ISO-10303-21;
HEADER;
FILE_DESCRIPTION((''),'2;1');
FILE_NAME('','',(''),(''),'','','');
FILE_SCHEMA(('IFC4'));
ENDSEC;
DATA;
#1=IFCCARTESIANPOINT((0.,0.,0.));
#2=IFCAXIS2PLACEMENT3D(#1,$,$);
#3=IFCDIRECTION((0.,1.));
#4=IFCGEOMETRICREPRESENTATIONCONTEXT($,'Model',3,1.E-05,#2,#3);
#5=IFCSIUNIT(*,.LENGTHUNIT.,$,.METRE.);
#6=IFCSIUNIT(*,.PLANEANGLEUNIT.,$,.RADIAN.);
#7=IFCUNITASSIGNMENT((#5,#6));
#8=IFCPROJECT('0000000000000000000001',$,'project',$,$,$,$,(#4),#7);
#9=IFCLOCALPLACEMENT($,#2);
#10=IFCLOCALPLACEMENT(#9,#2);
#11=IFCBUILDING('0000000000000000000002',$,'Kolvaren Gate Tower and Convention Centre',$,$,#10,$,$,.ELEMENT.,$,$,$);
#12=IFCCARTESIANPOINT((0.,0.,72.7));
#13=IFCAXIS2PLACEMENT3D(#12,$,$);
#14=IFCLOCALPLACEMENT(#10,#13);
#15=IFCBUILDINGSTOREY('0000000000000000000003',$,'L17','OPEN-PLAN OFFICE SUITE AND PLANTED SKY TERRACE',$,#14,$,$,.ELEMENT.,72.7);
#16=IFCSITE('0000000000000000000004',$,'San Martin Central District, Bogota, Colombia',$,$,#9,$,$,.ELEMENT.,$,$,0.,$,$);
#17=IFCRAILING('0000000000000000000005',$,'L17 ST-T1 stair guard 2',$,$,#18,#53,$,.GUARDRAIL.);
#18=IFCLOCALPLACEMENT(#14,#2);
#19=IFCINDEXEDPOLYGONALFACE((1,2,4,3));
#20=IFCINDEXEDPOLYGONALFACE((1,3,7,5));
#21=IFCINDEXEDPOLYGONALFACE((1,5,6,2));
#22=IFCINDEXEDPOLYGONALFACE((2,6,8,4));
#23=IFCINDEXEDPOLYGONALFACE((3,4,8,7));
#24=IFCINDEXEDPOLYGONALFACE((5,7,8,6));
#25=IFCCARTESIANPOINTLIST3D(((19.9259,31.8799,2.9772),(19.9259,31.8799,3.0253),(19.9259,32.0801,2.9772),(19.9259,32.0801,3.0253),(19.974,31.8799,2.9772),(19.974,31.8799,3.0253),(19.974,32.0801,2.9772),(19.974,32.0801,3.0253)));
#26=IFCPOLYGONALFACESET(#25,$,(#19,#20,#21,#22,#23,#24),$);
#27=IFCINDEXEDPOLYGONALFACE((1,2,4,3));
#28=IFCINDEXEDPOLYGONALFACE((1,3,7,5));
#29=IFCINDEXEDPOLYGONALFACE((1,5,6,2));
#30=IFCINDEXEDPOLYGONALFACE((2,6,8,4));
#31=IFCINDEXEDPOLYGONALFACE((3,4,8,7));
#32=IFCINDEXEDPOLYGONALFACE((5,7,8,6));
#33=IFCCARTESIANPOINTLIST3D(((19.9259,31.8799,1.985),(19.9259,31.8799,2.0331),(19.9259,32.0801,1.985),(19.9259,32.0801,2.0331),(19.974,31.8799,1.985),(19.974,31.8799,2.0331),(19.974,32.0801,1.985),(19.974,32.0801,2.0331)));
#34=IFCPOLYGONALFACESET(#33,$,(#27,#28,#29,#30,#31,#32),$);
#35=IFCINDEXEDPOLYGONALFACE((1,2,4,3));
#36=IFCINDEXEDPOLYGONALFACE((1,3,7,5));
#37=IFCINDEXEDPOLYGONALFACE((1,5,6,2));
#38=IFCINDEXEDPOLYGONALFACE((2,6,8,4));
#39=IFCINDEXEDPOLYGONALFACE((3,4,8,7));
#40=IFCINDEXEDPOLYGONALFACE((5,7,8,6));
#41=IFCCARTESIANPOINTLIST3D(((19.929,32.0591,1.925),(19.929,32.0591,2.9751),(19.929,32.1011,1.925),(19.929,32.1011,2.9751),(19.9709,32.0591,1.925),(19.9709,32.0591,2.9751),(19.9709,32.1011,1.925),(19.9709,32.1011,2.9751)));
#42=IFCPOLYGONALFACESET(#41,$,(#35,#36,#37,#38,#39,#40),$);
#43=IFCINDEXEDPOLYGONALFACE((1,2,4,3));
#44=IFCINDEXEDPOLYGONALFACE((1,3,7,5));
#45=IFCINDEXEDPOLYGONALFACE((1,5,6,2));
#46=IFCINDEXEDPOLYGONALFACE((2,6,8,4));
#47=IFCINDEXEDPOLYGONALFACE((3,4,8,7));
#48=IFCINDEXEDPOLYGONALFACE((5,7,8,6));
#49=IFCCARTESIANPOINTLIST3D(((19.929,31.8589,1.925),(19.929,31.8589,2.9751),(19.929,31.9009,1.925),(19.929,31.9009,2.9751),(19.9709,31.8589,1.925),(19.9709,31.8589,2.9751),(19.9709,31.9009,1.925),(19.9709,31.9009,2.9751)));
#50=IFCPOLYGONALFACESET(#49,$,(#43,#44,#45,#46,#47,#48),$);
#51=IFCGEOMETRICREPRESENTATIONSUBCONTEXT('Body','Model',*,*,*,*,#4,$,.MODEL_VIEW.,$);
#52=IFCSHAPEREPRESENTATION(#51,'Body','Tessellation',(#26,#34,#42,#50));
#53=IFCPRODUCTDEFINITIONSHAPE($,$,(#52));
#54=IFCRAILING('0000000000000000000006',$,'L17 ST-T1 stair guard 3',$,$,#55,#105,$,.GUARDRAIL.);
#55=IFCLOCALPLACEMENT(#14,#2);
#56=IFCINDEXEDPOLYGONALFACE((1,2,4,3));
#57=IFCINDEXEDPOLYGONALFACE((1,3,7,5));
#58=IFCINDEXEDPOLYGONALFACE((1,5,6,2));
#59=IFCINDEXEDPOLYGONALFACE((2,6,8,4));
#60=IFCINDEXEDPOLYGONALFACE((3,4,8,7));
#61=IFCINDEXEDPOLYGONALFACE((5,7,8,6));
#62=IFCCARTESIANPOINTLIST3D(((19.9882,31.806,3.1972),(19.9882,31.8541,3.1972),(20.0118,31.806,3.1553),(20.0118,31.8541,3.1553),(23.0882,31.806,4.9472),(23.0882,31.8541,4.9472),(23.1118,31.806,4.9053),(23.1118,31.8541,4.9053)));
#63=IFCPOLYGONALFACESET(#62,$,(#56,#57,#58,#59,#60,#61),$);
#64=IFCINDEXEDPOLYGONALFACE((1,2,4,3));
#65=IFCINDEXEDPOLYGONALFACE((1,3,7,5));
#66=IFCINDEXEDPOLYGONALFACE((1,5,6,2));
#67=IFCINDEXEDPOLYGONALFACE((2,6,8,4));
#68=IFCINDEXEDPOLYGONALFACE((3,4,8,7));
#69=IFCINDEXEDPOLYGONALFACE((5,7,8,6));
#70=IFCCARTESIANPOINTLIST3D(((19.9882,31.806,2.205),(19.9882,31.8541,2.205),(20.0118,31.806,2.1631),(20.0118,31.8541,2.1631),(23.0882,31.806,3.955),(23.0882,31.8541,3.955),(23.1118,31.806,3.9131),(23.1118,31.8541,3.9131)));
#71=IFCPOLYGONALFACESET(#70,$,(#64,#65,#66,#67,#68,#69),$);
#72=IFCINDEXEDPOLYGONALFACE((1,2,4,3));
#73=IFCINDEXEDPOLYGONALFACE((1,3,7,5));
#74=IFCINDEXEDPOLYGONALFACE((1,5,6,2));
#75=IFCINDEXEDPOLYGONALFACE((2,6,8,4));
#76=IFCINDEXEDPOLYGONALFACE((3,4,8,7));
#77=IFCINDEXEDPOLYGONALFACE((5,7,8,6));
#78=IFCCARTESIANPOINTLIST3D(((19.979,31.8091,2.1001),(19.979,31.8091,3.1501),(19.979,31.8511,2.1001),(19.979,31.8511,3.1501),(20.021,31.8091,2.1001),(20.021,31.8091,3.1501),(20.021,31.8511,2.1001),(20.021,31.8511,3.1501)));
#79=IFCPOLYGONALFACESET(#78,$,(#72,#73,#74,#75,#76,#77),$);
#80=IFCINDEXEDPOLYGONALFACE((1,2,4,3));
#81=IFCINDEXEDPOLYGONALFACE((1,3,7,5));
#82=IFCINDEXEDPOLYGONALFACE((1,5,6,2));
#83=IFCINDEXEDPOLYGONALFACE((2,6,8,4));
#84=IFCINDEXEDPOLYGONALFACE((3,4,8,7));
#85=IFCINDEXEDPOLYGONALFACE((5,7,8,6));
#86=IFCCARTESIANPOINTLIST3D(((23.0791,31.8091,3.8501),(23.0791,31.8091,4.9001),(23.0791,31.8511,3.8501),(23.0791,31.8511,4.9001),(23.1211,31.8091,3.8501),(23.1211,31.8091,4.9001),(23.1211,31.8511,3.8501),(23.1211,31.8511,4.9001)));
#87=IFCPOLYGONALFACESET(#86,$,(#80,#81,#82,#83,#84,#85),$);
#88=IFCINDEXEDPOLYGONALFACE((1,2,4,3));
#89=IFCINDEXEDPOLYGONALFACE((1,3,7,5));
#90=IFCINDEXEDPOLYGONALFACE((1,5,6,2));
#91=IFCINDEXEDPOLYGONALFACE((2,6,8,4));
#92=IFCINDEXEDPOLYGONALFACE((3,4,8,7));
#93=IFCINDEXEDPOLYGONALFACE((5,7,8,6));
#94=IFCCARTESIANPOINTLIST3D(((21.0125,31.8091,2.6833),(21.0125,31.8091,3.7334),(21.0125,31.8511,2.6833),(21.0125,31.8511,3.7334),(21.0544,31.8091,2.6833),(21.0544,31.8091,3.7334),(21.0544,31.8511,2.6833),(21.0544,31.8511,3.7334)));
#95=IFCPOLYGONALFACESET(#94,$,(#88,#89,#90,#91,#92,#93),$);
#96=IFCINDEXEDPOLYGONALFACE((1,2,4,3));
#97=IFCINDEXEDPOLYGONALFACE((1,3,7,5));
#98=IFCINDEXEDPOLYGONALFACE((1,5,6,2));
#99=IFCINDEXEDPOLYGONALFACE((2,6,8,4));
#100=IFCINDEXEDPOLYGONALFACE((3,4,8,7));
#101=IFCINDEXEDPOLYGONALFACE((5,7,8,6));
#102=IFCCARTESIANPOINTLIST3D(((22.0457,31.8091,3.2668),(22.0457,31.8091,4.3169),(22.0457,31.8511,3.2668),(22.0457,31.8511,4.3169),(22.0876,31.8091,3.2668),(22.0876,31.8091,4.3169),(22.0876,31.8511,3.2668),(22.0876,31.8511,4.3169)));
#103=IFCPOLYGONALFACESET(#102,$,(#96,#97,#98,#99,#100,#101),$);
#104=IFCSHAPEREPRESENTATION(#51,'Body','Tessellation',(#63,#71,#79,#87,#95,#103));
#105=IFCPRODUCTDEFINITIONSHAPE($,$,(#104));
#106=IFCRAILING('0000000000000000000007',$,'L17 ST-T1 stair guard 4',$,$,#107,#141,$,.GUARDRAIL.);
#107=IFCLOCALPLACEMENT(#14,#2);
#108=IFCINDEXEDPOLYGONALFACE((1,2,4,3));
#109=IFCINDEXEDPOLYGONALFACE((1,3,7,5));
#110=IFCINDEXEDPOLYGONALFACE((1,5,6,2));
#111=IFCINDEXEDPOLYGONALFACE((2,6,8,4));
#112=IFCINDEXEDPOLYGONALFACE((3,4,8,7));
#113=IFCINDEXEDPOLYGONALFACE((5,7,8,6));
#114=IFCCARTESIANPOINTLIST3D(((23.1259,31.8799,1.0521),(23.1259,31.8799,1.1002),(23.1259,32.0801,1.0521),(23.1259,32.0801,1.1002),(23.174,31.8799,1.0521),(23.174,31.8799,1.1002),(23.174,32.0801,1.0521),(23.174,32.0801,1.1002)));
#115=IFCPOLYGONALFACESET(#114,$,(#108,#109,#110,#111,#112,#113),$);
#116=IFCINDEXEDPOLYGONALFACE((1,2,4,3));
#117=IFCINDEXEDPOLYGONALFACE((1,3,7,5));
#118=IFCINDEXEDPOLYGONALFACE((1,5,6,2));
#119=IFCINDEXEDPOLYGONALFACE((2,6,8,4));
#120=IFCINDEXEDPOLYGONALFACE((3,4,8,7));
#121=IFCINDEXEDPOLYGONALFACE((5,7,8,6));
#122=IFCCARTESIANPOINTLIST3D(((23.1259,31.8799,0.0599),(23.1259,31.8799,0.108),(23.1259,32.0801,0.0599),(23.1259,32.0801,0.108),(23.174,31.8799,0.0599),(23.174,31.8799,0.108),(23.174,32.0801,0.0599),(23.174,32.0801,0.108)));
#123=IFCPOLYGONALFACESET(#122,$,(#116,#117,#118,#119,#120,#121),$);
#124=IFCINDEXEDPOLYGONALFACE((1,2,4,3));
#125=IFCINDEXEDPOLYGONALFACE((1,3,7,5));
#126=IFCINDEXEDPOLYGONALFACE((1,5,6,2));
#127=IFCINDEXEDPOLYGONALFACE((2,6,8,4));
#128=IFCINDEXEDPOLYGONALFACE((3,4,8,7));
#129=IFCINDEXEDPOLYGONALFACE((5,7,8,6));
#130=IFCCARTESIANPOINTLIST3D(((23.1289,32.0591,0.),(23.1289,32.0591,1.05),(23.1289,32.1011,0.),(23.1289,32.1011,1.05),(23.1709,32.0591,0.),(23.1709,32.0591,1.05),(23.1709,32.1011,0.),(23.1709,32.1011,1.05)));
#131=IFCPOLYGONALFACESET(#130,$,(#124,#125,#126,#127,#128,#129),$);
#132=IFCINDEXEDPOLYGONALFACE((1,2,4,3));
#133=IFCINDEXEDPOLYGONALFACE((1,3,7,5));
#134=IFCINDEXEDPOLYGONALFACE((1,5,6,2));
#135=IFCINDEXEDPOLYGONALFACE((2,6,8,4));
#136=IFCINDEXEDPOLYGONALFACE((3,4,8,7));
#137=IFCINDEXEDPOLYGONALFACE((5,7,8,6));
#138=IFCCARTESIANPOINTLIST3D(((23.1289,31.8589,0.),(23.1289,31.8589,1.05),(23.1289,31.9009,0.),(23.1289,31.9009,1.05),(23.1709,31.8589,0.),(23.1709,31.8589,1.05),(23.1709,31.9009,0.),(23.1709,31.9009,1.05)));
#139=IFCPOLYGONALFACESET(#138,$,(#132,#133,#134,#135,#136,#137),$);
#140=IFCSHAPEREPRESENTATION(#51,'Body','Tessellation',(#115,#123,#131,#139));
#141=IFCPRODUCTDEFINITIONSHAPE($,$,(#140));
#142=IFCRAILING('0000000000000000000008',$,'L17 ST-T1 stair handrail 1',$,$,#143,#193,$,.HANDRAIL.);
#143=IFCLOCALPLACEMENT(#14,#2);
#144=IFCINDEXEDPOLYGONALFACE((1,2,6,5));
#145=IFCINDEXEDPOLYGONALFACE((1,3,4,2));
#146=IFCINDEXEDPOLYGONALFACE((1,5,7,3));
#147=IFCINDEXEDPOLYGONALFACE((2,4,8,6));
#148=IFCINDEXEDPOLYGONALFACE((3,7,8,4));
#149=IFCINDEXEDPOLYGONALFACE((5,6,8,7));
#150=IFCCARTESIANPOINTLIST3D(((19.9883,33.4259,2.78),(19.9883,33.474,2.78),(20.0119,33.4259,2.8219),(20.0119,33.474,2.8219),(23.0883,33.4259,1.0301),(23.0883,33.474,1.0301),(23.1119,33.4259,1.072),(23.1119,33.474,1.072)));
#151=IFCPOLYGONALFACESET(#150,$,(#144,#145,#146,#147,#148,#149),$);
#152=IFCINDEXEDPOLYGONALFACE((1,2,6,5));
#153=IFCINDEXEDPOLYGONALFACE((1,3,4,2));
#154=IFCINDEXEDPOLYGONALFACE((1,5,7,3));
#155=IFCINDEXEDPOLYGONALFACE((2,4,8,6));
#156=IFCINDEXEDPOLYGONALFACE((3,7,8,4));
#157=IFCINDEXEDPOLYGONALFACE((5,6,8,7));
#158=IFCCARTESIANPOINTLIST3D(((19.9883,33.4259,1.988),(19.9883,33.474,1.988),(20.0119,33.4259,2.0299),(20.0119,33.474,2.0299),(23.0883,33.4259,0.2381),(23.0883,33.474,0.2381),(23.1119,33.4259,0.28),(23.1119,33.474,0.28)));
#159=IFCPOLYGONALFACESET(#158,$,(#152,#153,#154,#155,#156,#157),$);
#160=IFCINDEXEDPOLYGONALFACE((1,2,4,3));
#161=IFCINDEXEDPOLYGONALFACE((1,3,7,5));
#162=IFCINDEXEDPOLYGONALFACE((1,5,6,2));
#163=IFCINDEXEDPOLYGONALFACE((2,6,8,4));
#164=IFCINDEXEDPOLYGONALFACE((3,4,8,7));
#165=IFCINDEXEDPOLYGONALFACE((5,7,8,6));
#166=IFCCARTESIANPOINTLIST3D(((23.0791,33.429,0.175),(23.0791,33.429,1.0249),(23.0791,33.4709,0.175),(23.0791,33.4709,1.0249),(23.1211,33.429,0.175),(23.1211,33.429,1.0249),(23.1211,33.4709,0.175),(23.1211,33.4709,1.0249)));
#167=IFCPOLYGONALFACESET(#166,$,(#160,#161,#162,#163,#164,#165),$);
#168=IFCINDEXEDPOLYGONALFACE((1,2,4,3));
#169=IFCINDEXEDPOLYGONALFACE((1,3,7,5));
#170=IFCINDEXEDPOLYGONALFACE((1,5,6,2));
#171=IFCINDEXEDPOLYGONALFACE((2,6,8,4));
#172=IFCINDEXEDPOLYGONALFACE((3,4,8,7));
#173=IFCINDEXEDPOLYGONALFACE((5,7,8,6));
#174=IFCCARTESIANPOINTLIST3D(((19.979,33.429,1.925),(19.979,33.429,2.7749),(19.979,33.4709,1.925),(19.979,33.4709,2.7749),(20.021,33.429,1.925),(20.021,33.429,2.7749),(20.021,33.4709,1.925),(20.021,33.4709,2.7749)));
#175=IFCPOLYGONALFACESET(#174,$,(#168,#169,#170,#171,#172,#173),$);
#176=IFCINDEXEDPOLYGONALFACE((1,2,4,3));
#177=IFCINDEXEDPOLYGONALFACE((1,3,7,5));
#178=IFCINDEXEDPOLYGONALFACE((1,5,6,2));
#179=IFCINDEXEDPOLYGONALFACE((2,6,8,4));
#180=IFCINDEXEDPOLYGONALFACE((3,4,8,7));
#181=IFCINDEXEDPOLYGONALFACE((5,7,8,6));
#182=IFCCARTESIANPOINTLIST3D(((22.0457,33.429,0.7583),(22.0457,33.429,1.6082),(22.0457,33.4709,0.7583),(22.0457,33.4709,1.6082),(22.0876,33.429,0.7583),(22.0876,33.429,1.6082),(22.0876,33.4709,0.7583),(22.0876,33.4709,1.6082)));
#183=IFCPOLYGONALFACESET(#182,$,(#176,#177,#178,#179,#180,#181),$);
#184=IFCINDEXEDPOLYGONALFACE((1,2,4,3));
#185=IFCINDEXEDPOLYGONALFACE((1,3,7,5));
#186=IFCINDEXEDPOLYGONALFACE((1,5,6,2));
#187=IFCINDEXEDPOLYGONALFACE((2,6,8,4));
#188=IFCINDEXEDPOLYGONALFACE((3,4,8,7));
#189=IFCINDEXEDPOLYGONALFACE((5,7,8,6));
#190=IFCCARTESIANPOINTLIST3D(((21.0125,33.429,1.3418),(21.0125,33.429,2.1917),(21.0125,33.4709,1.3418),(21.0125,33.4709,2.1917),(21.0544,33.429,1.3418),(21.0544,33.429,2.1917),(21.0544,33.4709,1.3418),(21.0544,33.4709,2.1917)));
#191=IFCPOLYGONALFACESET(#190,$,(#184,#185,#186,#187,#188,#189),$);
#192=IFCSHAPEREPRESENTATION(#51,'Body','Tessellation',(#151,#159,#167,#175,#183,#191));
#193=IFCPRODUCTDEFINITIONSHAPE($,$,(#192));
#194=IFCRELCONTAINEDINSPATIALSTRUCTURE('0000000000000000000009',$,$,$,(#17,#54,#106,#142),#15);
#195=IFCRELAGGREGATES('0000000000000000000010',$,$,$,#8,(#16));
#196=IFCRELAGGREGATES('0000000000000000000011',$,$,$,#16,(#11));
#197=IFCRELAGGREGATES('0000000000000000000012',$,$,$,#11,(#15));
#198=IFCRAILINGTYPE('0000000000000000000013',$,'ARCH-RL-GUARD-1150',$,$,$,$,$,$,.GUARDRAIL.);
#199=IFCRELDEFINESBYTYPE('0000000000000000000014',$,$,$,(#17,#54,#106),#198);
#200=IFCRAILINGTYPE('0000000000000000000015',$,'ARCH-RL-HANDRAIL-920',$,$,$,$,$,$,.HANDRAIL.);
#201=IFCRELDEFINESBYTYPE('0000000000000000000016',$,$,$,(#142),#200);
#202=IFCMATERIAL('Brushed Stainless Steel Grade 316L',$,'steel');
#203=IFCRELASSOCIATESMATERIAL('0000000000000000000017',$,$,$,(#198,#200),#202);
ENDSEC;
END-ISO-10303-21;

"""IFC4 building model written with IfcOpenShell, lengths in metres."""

from ifc_helpers import new_model, si_unit, direction, frame, origin, origin_2d, place, context, subcontext, project, spatial, rectangle, extrude, material, type_object, element, save


model = new_model("IFC4")

# Units and contexts
model_context = context("Model", 3, precision=1e-05, world=origin(), true_north=direction((0.0, 1.0)))
body_context = subcontext(model_context, "Body", "Model", "MODEL_VIEW")
ifc_project = project(units=[si_unit("LENGTHUNIT", "METRE"), si_unit("PLANEANGLEUNIT", "RADIAN")], contexts=[model_context])

# Site, building, storey
site_placement = place(None, origin())
site = spatial("IfcSite", under=ifc_project, at=site_placement, Name="San Martin Central District, Bogota, Colombia", CompositionType="ELEMENT", RefElevation=0.0)
building_placement = place(site_placement, origin())
building = spatial("IfcBuilding", under=site, at=building_placement, Name="Kolvaren Gate Tower and Convention Centre", CompositionType="ELEMENT")
storey_placement = place(building_placement, frame((0.0, 0.0, 72.7)))
storey = spatial("IfcBuildingStorey", under=building, at=storey_placement, Name="L17", Description="OPEN-PLAN OFFICE SUITE AND PLANTED SKY TERRACE", CompositionType="ELEMENT", Elevation=72.7)

# Shared definitions
ifc_material_1 = material(Name="Brushed Stainless Steel Grade 316L", Category="steel")

# Railings
railing_type_1 = type_object("IfcRailingType", Name="ARCH-RL-GUARD-1150", PredefinedType="GUARDRAIL", material=ifc_material_1)
railing_1_placement = place(storey_placement, frame((19.95, 32.0801, 1.925)))
element("IfcRailing", 1, at=railing_1_placement, inside=storey, type_object=railing_type_1, Name="L17 ST-T1 stair guard 2", PredefinedType="GUARDRAIL", context=body_context, shape_type="SweptSolid", body=[
    extrude(rectangle(XDim=0.0481, YDim=0.0481, at=origin_2d()), frame((0.0, 0.0, 1.0762), z_axis=(0.0, -1.0, 0.0), x_axis=(1.0, 0.0, 0.0)), (0.0, 0.0, 1.0), 0.2002),
    extrude(rectangle(XDim=0.0481, YDim=0.0481, at=origin_2d()), frame((0.0, 0.0, 0.084), z_axis=(0.0, -1.0, 0.0), x_axis=(1.0, 0.0, 0.0)), (0.0, 0.0, 1.0), 0.2002),
    extrude(rectangle(XDim=0.042, YDim=0.042, at=origin_2d()), origin(), (0.0, 0.0, 1.0), 1.05),
    extrude(rectangle(XDim=0.042, YDim=0.042, at=origin_2d()), frame((0.0, -0.2002, 0.0)), (0.0, 0.0, 1.0), 1.05),
])
railing_2_placement = place(storey_placement, frame((20.0, 31.8301, 2.1001)))
element("IfcRailing", 2, at=railing_2_placement, inside=storey, type_object=railing_type_1, Name="L17 ST-T1 stair guard 3", PredefinedType="GUARDRAIL", context=body_context, shape_type="SweptSolid", body=[
    extrude(rectangle(XDim=0.0481, YDim=0.0481, at=origin_2d()), frame((0.0, 0.0, 1.0762), z_axis=(0.870831, 0.0, 0.491583), x_axis=(0.0, 1.0, 0.0)), (0.0, 0.0, 1.0), 3.5598),
    extrude(rectangle(XDim=0.0481, YDim=0.0481, at=origin_2d()), frame((0.0, 0.0, 0.084), z_axis=(0.870831, 0.0, 0.491583), x_axis=(0.0, 1.0, 0.0)), (0.0, 0.0, 1.0), 3.5598),
    extrude(rectangle(XDim=0.042, YDim=0.042, at=origin_2d()), origin(), (0.0, 0.0, 1.0), 1.05),
    extrude(rectangle(XDim=0.042, YDim=0.042, at=origin_2d()), frame((3.1001, 0.0, 1.75)), (0.0, 0.0, 1.0), 1.05),
    extrude(rectangle(XDim=0.042, YDim=0.042, at=origin_2d()), frame((1.0334, 0.0, 0.5833)), (0.0, 0.0, 1.0), 1.05),
    extrude(rectangle(XDim=0.042, YDim=0.042, at=origin_2d()), frame((2.0667, 0.0, 1.1667)), (0.0, 0.0, 1.0), 1.05),
])
railing_3_placement = place(storey_placement, frame((23.1499, 32.0801, 0.0)))
element("IfcRailing", 3, at=railing_3_placement, inside=storey, type_object=railing_type_1, Name="L17 ST-T1 stair guard 4", PredefinedType="GUARDRAIL", context=body_context, shape_type="SweptSolid", body=[
    extrude(rectangle(XDim=0.0481, YDim=0.0481, at=origin_2d()), frame((0.0, 0.0, 1.0762), z_axis=(0.0, -1.0, 0.0), x_axis=(1.0, 0.0, 0.0)), (0.0, 0.0, 1.0), 0.2002),
    extrude(rectangle(XDim=0.0481, YDim=0.0481, at=origin_2d()), frame((0.0, 0.0, 0.084), z_axis=(0.0, -1.0, 0.0), x_axis=(1.0, 0.0, 0.0)), (0.0, 0.0, 1.0), 0.2002),
    extrude(rectangle(XDim=0.042, YDim=0.042, at=origin_2d()), origin(), (0.0, 0.0, 1.0), 1.05),
    extrude(rectangle(XDim=0.042, YDim=0.042, at=origin_2d()), frame((0.0, -0.2002, 0.0)), (0.0, 0.0, 1.0), 1.05),
])
railing_type_2 = type_object("IfcRailingType", Name="ARCH-RL-HANDRAIL-920", PredefinedType="HANDRAIL", material=ifc_material_1)
railing_4_placement = place(storey_placement, frame((23.1001, 33.45, 0.175)))
element("IfcRailing", 4, at=railing_4_placement, inside=storey, type_object=railing_type_2, Name="L17 ST-T1 stair handrail 1", PredefinedType="HANDRAIL", context=body_context, shape_type="SweptSolid", body=[
    extrude(rectangle(XDim=0.0481, YDim=0.0481, at=origin_2d()), frame((0.0, 0.0, 0.876), z_axis=(-0.870831, 0.0, 0.491583), x_axis=(0.0, -1.0, 0.0)), (0.0, 0.0, 1.0), 3.5598),
    extrude(rectangle(XDim=0.0481, YDim=0.0481, at=origin_2d()), frame((0.0, 0.0, 0.084), z_axis=(-0.870831, 0.0, 0.491583), x_axis=(0.0, -1.0, 0.0)), (0.0, 0.0, 1.0), 3.5598),
    extrude(rectangle(XDim=0.042, YDim=0.042, at=origin_2d()), origin(), (0.0, 0.0, 1.0), 0.8499),
    extrude(rectangle(XDim=0.042, YDim=0.042, at=origin_2d()), frame((-3.1001, 0.0, 1.75)), (0.0, 0.0, 1.0), 0.8499),
    extrude(rectangle(XDim=0.042, YDim=0.042, at=origin_2d()), frame((-1.0334, 0.0, 0.5833)), (0.0, 0.0, 1.0), 0.8499),
    extrude(rectangle(XDim=0.042, YDim=0.042, at=origin_2d()), frame((-2.0667, 0.0, 1.1667)), (0.0, 0.0, 1.0), 0.8499),
])

save(model, "model.ifc")
